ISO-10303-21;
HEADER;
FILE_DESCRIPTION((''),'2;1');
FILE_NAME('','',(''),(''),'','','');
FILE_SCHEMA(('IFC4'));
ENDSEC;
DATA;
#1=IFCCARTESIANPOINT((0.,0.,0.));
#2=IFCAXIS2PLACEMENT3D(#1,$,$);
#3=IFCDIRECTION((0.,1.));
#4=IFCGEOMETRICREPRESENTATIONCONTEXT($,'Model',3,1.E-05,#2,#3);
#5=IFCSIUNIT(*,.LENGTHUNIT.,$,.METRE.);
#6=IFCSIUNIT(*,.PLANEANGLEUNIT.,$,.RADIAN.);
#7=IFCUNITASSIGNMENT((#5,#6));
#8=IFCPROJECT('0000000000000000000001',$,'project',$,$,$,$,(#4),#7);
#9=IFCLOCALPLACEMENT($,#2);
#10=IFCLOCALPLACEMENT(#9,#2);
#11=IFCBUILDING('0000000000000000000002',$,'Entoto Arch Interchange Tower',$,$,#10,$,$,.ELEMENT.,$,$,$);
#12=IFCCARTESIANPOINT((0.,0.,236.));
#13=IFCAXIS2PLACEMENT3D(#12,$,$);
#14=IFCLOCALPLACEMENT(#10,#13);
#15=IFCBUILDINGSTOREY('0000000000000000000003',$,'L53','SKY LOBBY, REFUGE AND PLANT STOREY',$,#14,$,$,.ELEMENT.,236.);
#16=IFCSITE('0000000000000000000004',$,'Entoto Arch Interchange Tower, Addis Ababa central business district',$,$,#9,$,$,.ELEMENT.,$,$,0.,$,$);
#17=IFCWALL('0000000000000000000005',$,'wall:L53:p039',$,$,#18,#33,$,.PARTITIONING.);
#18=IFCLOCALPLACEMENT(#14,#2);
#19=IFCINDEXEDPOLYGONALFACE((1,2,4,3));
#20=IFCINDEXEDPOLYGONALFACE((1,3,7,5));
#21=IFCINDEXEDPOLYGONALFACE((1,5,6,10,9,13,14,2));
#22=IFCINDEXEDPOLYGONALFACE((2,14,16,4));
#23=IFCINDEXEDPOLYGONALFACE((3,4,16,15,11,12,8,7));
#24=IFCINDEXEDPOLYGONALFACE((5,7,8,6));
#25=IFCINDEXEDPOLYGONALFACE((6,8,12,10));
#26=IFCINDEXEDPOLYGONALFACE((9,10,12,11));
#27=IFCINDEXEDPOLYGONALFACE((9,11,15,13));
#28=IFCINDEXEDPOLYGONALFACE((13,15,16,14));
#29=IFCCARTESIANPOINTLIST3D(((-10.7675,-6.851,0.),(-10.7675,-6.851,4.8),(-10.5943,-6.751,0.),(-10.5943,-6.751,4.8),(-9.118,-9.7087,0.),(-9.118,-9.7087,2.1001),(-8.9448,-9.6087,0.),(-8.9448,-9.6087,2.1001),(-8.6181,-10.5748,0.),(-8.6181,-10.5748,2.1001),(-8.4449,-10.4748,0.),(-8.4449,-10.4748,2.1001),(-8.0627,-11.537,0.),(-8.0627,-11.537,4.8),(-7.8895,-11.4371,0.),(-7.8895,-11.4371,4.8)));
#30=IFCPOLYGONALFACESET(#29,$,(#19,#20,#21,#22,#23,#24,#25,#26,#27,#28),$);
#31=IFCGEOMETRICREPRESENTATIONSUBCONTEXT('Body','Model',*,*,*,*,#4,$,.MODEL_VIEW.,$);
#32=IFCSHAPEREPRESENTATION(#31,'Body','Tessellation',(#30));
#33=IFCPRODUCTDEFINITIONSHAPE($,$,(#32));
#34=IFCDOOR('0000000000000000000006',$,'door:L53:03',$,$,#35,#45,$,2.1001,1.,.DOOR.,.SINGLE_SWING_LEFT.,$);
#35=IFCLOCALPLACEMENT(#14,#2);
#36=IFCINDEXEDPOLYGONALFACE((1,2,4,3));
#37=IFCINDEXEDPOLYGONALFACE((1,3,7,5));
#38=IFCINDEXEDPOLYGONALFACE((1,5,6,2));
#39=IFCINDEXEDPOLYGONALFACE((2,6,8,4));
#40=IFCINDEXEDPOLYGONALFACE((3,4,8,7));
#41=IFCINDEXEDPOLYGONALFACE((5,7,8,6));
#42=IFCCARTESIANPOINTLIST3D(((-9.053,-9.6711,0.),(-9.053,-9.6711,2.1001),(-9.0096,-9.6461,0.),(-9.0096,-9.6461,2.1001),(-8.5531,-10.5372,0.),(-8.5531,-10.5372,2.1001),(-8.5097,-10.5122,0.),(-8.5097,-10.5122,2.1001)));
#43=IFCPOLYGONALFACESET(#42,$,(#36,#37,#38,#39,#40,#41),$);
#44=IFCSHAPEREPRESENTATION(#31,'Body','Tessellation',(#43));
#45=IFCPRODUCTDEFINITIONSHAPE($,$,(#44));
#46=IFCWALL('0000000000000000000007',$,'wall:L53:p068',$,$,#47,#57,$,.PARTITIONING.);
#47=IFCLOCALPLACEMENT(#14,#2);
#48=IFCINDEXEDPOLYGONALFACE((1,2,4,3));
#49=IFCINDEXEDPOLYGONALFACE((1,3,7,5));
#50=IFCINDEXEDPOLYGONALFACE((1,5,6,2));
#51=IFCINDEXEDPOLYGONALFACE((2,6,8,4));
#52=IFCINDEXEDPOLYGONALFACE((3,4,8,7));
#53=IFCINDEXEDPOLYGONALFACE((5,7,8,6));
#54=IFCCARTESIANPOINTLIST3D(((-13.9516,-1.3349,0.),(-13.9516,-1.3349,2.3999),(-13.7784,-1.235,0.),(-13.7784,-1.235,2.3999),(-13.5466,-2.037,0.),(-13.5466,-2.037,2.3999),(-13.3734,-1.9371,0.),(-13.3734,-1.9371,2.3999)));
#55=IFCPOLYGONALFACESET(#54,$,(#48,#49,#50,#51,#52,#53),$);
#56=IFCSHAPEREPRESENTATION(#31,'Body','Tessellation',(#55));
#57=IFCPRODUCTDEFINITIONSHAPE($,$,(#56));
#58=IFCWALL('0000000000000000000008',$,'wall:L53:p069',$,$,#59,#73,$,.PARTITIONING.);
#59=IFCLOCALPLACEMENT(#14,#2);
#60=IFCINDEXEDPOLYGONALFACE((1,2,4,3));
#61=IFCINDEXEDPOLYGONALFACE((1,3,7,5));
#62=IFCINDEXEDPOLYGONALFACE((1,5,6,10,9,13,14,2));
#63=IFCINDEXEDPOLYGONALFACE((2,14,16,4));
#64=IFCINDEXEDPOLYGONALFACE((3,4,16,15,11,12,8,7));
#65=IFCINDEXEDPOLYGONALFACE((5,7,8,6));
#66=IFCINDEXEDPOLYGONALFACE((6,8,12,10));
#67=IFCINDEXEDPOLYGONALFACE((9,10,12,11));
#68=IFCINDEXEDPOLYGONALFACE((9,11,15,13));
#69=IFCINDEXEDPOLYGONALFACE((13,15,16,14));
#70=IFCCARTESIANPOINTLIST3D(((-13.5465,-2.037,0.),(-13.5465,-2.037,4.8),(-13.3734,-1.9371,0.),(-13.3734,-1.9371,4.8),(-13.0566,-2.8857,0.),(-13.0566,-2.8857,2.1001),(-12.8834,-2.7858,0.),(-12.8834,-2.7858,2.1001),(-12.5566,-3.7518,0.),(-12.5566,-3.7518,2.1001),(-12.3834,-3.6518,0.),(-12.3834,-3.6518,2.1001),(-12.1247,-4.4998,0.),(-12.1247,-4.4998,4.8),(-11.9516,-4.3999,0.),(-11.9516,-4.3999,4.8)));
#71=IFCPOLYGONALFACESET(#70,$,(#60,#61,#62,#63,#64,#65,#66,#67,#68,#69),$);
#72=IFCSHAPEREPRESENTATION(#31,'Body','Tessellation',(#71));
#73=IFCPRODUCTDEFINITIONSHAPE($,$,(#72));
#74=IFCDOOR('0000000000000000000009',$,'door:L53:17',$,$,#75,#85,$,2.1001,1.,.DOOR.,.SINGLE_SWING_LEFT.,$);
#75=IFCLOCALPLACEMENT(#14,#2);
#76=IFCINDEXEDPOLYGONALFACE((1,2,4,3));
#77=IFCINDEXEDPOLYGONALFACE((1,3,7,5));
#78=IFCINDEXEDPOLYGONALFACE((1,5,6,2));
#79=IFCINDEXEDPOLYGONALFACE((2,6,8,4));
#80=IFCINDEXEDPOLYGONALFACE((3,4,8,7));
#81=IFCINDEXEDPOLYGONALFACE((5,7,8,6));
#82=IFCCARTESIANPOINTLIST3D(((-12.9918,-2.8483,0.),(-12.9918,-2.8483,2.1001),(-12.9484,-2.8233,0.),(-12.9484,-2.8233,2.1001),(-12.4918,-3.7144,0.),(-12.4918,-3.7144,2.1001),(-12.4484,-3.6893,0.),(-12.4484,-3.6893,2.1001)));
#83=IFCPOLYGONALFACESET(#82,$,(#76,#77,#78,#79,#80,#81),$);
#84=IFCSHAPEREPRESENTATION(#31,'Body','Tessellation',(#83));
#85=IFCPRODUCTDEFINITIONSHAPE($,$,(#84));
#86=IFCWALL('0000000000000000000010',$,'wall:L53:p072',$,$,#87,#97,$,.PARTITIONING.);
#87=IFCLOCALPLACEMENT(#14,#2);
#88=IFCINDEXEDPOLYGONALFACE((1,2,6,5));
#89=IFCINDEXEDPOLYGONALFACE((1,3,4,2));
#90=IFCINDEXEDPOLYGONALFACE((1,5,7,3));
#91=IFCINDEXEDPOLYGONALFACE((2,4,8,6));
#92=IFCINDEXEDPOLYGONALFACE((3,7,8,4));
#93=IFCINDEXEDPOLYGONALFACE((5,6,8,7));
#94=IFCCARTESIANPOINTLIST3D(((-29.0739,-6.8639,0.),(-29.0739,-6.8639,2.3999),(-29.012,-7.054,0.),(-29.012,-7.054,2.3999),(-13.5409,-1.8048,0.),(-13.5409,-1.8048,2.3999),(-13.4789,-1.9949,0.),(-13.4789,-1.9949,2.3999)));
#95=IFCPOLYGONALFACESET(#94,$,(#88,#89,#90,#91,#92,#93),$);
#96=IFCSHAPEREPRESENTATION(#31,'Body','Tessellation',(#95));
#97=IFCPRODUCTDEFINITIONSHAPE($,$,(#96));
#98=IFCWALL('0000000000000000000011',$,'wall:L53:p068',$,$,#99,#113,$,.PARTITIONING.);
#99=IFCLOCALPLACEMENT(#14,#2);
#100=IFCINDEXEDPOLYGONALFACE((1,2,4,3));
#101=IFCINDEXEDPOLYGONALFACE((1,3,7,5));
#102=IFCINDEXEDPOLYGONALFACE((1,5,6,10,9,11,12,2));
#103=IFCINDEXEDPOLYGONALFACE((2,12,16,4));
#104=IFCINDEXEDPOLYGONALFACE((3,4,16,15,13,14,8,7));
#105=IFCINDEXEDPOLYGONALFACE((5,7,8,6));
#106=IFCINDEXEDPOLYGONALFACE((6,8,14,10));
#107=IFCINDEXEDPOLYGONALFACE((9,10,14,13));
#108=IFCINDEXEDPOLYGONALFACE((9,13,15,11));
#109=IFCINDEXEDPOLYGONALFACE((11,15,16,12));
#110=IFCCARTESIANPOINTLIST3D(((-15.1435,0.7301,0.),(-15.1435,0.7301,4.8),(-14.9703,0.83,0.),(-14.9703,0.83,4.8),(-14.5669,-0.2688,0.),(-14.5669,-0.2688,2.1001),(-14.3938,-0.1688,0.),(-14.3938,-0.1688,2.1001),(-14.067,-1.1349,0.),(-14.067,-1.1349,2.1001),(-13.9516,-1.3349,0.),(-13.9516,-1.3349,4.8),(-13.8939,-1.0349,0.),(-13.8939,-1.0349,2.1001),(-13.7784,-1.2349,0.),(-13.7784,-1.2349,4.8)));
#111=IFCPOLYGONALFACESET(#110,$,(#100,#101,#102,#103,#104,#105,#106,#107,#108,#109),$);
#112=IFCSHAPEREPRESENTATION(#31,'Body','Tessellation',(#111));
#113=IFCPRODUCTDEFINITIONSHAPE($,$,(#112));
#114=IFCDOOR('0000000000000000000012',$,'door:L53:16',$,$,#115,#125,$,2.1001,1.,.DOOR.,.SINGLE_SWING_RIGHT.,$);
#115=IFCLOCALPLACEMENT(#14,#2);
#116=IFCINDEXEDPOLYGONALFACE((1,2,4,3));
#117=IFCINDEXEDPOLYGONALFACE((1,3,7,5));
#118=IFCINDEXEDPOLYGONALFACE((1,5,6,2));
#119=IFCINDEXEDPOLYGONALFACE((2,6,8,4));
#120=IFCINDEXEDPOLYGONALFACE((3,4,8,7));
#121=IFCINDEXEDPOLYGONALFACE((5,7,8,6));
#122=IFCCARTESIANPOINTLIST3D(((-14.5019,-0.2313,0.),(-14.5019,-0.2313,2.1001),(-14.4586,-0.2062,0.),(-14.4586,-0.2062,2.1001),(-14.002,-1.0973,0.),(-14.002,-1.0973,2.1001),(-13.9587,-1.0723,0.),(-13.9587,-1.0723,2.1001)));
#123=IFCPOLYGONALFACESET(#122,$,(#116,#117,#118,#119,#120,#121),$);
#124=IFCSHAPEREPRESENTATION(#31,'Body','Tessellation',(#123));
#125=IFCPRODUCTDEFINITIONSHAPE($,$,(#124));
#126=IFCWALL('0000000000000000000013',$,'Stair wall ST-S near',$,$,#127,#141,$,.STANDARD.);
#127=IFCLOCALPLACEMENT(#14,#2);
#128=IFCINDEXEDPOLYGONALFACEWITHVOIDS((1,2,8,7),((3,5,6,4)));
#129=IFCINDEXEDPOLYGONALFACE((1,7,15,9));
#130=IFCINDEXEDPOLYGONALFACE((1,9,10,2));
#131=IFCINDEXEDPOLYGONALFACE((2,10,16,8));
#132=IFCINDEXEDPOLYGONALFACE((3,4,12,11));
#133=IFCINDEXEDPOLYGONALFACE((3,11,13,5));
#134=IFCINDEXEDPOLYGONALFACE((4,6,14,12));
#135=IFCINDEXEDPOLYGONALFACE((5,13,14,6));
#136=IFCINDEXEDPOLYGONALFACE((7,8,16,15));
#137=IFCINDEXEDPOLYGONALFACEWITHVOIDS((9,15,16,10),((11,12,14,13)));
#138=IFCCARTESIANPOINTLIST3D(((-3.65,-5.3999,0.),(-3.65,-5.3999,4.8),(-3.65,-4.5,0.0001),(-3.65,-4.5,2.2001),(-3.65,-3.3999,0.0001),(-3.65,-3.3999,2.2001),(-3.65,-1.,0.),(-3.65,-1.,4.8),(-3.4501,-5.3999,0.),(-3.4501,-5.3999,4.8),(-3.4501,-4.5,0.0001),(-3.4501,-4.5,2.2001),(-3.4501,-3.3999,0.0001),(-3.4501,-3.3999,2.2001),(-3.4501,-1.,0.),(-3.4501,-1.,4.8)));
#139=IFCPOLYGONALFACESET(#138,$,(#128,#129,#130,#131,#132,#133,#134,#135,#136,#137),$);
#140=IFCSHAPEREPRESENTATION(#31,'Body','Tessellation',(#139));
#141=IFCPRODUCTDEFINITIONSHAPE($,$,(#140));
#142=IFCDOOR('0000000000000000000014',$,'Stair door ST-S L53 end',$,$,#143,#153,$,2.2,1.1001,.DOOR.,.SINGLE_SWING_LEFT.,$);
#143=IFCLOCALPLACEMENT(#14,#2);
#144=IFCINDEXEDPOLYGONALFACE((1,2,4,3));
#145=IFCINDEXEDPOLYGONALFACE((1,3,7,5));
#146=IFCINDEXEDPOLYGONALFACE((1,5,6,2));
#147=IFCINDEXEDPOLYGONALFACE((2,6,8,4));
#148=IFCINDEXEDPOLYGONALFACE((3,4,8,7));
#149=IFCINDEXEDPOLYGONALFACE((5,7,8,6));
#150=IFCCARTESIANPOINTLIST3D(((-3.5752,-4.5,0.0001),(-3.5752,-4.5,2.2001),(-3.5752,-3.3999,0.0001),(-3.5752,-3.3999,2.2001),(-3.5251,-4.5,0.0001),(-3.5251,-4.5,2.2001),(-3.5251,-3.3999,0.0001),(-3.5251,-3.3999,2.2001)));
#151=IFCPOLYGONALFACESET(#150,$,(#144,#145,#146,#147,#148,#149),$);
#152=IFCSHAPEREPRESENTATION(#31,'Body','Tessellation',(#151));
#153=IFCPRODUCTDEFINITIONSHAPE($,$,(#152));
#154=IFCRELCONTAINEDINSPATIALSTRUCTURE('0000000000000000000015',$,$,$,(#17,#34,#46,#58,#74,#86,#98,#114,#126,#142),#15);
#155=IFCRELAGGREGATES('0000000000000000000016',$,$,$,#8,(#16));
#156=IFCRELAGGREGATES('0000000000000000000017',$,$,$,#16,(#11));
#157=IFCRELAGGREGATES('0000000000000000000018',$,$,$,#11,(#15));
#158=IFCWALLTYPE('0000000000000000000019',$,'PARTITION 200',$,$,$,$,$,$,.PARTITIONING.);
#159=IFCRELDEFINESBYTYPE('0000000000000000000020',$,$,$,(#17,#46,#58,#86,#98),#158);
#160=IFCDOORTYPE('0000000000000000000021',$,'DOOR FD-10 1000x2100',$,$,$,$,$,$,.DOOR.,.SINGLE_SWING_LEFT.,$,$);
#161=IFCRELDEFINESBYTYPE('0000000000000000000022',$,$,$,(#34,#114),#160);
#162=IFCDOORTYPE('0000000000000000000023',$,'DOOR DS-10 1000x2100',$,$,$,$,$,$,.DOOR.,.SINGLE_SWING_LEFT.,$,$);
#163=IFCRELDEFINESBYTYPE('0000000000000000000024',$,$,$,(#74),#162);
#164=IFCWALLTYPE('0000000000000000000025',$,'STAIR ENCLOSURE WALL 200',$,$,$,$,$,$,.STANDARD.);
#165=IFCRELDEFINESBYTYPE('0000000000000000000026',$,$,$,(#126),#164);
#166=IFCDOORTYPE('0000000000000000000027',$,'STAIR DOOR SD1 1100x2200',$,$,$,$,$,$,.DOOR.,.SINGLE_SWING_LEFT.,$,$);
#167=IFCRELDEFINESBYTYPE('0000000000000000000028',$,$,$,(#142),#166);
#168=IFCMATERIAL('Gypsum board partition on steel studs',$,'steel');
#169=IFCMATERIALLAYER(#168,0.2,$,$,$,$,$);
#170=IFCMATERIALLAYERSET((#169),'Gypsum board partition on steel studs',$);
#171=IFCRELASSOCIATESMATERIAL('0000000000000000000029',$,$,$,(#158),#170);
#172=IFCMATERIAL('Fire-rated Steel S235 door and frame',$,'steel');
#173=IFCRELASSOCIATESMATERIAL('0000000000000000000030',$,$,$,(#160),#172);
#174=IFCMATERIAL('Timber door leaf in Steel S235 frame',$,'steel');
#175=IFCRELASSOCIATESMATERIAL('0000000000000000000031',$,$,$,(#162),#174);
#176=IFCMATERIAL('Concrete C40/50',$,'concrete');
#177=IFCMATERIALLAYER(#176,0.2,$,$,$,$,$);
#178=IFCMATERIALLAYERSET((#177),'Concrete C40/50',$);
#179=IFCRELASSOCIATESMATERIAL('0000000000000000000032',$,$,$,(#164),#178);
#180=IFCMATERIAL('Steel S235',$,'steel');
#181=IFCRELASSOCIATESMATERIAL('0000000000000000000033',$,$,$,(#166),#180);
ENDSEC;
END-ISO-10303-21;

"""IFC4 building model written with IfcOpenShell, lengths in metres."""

from ifc_helpers import new_model, si_unit, direction, frame, frame_2d, origin, place, context, subcontext, project, spatial, rectangle, extrude, material, layer, layer_set, type_object, element, fill, save


model = new_model("IFC4")

# Units and contexts
model_context = context("Model", 3, precision=1e-05, world=origin(), true_north=direction((0.0, 1.0)))
body_context = subcontext(model_context, "Body", "Model", "MODEL_VIEW")
ifc_project = project(units=[si_unit("LENGTHUNIT", "METRE"), si_unit("PLANEANGLEUNIT", "RADIAN")], contexts=[model_context])

# Site, building, storey
site_placement = place(None, origin())
site = spatial("IfcSite", under=ifc_project, at=site_placement, Name="Entoto Arch Interchange Tower, Addis Ababa central business district", CompositionType="ELEMENT", RefElevation=0.0)
building_placement = place(site_placement, origin())
building = spatial("IfcBuilding", under=site, at=building_placement, Name="Entoto Arch Interchange Tower", CompositionType="ELEMENT")
storey_placement = place(building_placement, frame((0.0, 0.0, 236.0)))
storey = spatial("IfcBuildingStorey", under=building, at=storey_placement, Name="L53", Description="SKY LOBBY, REFUGE AND PLANT STOREY", CompositionType="ELEMENT", Elevation=236.0)

# Shared definitions
ifc_material_1 = material(Name="Concrete C40/50", Category="concrete")
ifc_material_2 = material(Name="Gypsum board partition on steel studs", Category="steel")
ifc_layer_1 = layer(ifc_material_2, 0.2)
ifc_layer_set_1 = layer_set([ifc_layer_1], Name="Gypsum board partition on steel studs")
wall_type_1 = type_object("IfcWallType", Name="PARTITION 200", PredefinedType="PARTITIONING", material=ifc_layer_set_1)

# Shared definitions
ifc_material_3 = material(Name="Timber door leaf in Steel S235 frame", Category="steel")

# Wall, opening, door
wall_1_placement = place(storey_placement, frame((-7.9761, -11.4871, 0.0), z_axis=(0.0, 0.0, 1.0), x_axis=(-0.49991, 0.866077, 0.0)))
wall_1 = element("IfcWall", 1, at=wall_1_placement, inside=storey, type_object=wall_type_1, Name="wall:L53:p039", PredefinedType="PARTITIONING", context=body_context, shape_type="SweptSolid", body=[
    extrude(rectangle(XDim=5.4106, YDim=0.2, at=frame_2d((2.7053, 0.0))), origin(), (0.0, 0.0, 1.0), 4.8),
])
opening_1_placement = place(wall_1_placement, frame((1.1111, 0.0, 0.0)))
opening_1 = element("IfcOpeningElement", 2, at=opening_1_placement, cuts=wall_1, PredefinedType="OPENING", context=body_context, shape_type="SweptSolid", body=[
    extrude(rectangle(XDim=1.0, YDim=2.1001, at=frame_2d((0.5, 1.05))), frame((0.0, 0.1099, 0.0), z_axis=(0.0, -1.0, 0.0), x_axis=(1.0, 0.0, 0.0)), (0.0, 0.0, 1.0), 0.22),
])
ifc_material_4 = material(Name="Fire-rated Steel S235 door and frame", Category="steel")
door_type_1 = type_object("IfcDoorType", Name="DOOR FD-10 1000x2100", OperationType="SINGLE_SWING_LEFT", PredefinedType="DOOR", material=ifc_material_4)
door_1_placement = place(opening_1_placement, origin())
door_1 = element("IfcDoor", 3, at=door_1_placement, inside=storey, type_object=door_type_1, Name="door:L53:03", OperationType="SINGLE_SWING_LEFT", OverallHeight=2.1001, OverallWidth=1.0, PredefinedType="DOOR", context=body_context, shape_type="SweptSolid", body=[
    extrude(rectangle(XDim=1.0, YDim=2.1001, at=frame_2d((0.5, 1.05))), frame((0.0, 0.0249, 0.0), z_axis=(0.0, -1.0, 0.0), x_axis=(1.0, 0.0, 0.0)), (0.0, 0.0, 1.0), 0.05),
])
fill(opening_1, door_1)

# Wall
wall_2_placement = place(storey_placement, frame((-13.46, -1.9871, 0.0), z_axis=(0.0, 0.0, 1.0), x_axis=(-0.49967, 0.866216, 0.0)))
element("IfcWall", 4, at=wall_2_placement, inside=storey, type_object=wall_type_1, Name="wall:L53:p068", PredefinedType="PARTITIONING", context=body_context, shape_type="SweptSolid", body=[
    extrude(rectangle(XDim=0.8105, YDim=0.2, at=frame_2d((0.4053, 0.0))), origin(), (0.0, 0.0, 1.0), 2.3999),
])

# Wall, opening, door
wall_3_placement = place(storey_placement, frame((-13.46, -1.9871, 0.0), z_axis=(0.0, 0.0, 1.0), x_axis=(0.49998, -0.866037, 0.0)))
wall_3 = element("IfcWall", 5, at=wall_3_placement, inside=storey, type_object=wall_type_1, Name="wall:L53:p069", PredefinedType="PARTITIONING", context=body_context, shape_type="SweptSolid", body=[
    extrude(rectangle(XDim=2.8438, YDim=0.2, at=frame_2d((1.4219, 0.0))), origin(), (0.0, 0.0, 1.0), 4.8),
])
opening_2_placement = place(wall_3_placement, frame((0.98, 0.0, 0.0)))
opening_2 = element("IfcOpeningElement", 6, at=opening_2_placement, cuts=wall_3, PredefinedType="OPENING", context=body_context, shape_type="SweptSolid", body=[
    extrude(rectangle(XDim=1.0, YDim=2.1001, at=frame_2d((0.5, 1.05))), frame((0.0, 0.1099, 0.0), z_axis=(0.0, -1.0, 0.0), x_axis=(1.0, 0.0, 0.0)), (0.0, 0.0, 1.0), 0.22),
])
door_type_2 = type_object("IfcDoorType", Name="DOOR DS-10 1000x2100", OperationType="SINGLE_SWING_LEFT", PredefinedType="DOOR", material=ifc_material_3)
door_2_placement = place(opening_2_placement, origin())
door_2 = element("IfcDoor", 7, at=door_2_placement, inside=storey, type_object=door_type_2, Name="door:L53:17", OperationType="SINGLE_SWING_LEFT", OverallHeight=2.1001, OverallWidth=1.0, PredefinedType="DOOR", context=body_context, shape_type="SweptSolid", body=[
    extrude(rectangle(XDim=1.0, YDim=2.1001, at=frame_2d((0.5, 1.05))), frame((0.0, 0.0249, 0.0), z_axis=(0.0, -1.0, 0.0), x_axis=(1.0, 0.0, 0.0)), (0.0, 0.0, 1.0), 0.05),
])
fill(opening_2, door_2)

# Wall
wall_4_placement = place(storey_placement, frame((-13.51, -1.8999, 0.0), z_axis=(0.0, 0.0, 1.0), x_axis=(-0.950838, -0.309688, 0.0)))
element("IfcWall", 8, at=wall_4_placement, inside=storey, type_object=wall_type_1, Name="wall:L53:p072", PredefinedType="PARTITIONING", context=body_context, shape_type="SweptSolid", body=[
    extrude(rectangle(XDim=16.3362, YDim=0.2, at=frame_2d((8.168, 0.0))), origin(), (0.0, 0.0, 1.0), 2.3999),
])

# Walls, openings, doors
wall_5_placement = place(storey_placement, frame((-13.865, -1.2849, 0.0), z_axis=(0.0, 0.0, 1.0), x_axis=(-0.499906, 0.86608, 0.0)))
wall_5 = element("IfcWall", 9, at=wall_5_placement, inside=storey, type_object=wall_type_1, Name="wall:L53:p068", PredefinedType="PARTITIONING", context=body_context, shape_type="SweptSolid", body=[
    extrude(rectangle(XDim=2.3843, YDim=0.2, at=frame_2d((1.1921, 0.0))), origin(), (0.0, 0.0, 1.0), 4.8),
])
opening_3_placement = place(wall_5_placement, frame((0.231, 0.0, 0.0)))
opening_3 = element("IfcOpeningElement", 10, at=opening_3_placement, cuts=wall_5, PredefinedType="OPENING", context=body_context, shape_type="SweptSolid", body=[
    extrude(rectangle(XDim=1.0, YDim=2.1001, at=frame_2d((0.5, 1.05))), frame((0.0, 0.1099, 0.0), z_axis=(0.0, -1.0, 0.0), x_axis=(1.0, 0.0, 0.0)), (0.0, 0.0, 1.0), 0.22),
])
door_3_placement = place(opening_3_placement, origin())
door_3 = element("IfcDoor", 11, at=door_3_placement, inside=storey, type_object=door_type_1, Name="door:L53:16", OperationType="SINGLE_SWING_RIGHT", OverallHeight=2.1001, OverallWidth=1.0, PredefinedType="DOOR", context=body_context, shape_type="SweptSolid", body=[
    extrude(rectangle(XDim=1.0, YDim=2.1001, at=frame_2d((0.5, 1.05))), frame((0.0, 0.0249, 0.0), z_axis=(0.0, -1.0, 0.0), x_axis=(1.0, 0.0, 0.0)), (0.0, 0.0, 1.0), 0.05),
])
fill(opening_3, door_3)
ifc_layer_2 = layer(ifc_material_1, 0.2)
ifc_layer_set_2 = layer_set([ifc_layer_2], Name="Concrete C40/50")
wall_type_2 = type_object("IfcWallType", Name="STAIR ENCLOSURE WALL 200", PredefinedType="STANDARD", material=ifc_layer_set_2)
wall_6_placement = place(storey_placement, frame((-3.55, -1.0, 0.0), z_axis=(0.0, 0.0, 1.0), x_axis=(0.0, -1.0, 0.0)))
wall_6 = element("IfcWall", 12, at=wall_6_placement, inside=storey, type_object=wall_type_2, Name="Stair wall ST-S near", PredefinedType="STANDARD", context=body_context, shape_type="SweptSolid", body=[
    extrude(rectangle(XDim=4.3999, YDim=0.2, at=frame_2d((2.2, 0.0))), origin(), (0.0, 0.0, 1.0), 4.8),
])
opening_4_placement = place(wall_6_placement, frame((2.3999, 0.0, 0.0)))
opening_4 = element("IfcOpeningElement", 13, at=opening_4_placement, cuts=wall_6, PredefinedType="OPENING", context=body_context, shape_type="SweptSolid", body=[
    extrude(rectangle(XDim=1.1001, YDim=2.2, at=frame_2d((0.55, 1.1001))), frame((0.0, 0.1099, 0.0), z_axis=(0.0, -1.0, 0.0), x_axis=(1.0, 0.0, 0.0)), (0.0, 0.0, 1.0), 0.22),
])
ifc_material_5 = material(Name="Steel S235", Category="steel")
door_type_3 = type_object("IfcDoorType", Name="STAIR DOOR SD1 1100x2200", OperationType="SINGLE_SWING_LEFT", PredefinedType="DOOR", material=ifc_material_5)
door_4_placement = place(opening_4_placement, origin())
door_4 = element("IfcDoor", 14, at=door_4_placement, inside=storey, type_object=door_type_3, Name="Stair door ST-S L53 end", OperationType="SINGLE_SWING_LEFT", OverallHeight=2.2, OverallWidth=1.1001, PredefinedType="DOOR", context=body_context, shape_type="SweptSolid", body=[
    extrude(rectangle(XDim=1.1001, YDim=2.2, at=frame_2d((0.55, 1.1001))), frame((0.0, 0.0249, 0.0), z_axis=(0.0, -1.0, 0.0), x_axis=(1.0, 0.0, 0.0)), (0.0, 0.0, 1.0), 0.05),
])
fill(opening_4, door_4)

save(model, "model.ifc")
